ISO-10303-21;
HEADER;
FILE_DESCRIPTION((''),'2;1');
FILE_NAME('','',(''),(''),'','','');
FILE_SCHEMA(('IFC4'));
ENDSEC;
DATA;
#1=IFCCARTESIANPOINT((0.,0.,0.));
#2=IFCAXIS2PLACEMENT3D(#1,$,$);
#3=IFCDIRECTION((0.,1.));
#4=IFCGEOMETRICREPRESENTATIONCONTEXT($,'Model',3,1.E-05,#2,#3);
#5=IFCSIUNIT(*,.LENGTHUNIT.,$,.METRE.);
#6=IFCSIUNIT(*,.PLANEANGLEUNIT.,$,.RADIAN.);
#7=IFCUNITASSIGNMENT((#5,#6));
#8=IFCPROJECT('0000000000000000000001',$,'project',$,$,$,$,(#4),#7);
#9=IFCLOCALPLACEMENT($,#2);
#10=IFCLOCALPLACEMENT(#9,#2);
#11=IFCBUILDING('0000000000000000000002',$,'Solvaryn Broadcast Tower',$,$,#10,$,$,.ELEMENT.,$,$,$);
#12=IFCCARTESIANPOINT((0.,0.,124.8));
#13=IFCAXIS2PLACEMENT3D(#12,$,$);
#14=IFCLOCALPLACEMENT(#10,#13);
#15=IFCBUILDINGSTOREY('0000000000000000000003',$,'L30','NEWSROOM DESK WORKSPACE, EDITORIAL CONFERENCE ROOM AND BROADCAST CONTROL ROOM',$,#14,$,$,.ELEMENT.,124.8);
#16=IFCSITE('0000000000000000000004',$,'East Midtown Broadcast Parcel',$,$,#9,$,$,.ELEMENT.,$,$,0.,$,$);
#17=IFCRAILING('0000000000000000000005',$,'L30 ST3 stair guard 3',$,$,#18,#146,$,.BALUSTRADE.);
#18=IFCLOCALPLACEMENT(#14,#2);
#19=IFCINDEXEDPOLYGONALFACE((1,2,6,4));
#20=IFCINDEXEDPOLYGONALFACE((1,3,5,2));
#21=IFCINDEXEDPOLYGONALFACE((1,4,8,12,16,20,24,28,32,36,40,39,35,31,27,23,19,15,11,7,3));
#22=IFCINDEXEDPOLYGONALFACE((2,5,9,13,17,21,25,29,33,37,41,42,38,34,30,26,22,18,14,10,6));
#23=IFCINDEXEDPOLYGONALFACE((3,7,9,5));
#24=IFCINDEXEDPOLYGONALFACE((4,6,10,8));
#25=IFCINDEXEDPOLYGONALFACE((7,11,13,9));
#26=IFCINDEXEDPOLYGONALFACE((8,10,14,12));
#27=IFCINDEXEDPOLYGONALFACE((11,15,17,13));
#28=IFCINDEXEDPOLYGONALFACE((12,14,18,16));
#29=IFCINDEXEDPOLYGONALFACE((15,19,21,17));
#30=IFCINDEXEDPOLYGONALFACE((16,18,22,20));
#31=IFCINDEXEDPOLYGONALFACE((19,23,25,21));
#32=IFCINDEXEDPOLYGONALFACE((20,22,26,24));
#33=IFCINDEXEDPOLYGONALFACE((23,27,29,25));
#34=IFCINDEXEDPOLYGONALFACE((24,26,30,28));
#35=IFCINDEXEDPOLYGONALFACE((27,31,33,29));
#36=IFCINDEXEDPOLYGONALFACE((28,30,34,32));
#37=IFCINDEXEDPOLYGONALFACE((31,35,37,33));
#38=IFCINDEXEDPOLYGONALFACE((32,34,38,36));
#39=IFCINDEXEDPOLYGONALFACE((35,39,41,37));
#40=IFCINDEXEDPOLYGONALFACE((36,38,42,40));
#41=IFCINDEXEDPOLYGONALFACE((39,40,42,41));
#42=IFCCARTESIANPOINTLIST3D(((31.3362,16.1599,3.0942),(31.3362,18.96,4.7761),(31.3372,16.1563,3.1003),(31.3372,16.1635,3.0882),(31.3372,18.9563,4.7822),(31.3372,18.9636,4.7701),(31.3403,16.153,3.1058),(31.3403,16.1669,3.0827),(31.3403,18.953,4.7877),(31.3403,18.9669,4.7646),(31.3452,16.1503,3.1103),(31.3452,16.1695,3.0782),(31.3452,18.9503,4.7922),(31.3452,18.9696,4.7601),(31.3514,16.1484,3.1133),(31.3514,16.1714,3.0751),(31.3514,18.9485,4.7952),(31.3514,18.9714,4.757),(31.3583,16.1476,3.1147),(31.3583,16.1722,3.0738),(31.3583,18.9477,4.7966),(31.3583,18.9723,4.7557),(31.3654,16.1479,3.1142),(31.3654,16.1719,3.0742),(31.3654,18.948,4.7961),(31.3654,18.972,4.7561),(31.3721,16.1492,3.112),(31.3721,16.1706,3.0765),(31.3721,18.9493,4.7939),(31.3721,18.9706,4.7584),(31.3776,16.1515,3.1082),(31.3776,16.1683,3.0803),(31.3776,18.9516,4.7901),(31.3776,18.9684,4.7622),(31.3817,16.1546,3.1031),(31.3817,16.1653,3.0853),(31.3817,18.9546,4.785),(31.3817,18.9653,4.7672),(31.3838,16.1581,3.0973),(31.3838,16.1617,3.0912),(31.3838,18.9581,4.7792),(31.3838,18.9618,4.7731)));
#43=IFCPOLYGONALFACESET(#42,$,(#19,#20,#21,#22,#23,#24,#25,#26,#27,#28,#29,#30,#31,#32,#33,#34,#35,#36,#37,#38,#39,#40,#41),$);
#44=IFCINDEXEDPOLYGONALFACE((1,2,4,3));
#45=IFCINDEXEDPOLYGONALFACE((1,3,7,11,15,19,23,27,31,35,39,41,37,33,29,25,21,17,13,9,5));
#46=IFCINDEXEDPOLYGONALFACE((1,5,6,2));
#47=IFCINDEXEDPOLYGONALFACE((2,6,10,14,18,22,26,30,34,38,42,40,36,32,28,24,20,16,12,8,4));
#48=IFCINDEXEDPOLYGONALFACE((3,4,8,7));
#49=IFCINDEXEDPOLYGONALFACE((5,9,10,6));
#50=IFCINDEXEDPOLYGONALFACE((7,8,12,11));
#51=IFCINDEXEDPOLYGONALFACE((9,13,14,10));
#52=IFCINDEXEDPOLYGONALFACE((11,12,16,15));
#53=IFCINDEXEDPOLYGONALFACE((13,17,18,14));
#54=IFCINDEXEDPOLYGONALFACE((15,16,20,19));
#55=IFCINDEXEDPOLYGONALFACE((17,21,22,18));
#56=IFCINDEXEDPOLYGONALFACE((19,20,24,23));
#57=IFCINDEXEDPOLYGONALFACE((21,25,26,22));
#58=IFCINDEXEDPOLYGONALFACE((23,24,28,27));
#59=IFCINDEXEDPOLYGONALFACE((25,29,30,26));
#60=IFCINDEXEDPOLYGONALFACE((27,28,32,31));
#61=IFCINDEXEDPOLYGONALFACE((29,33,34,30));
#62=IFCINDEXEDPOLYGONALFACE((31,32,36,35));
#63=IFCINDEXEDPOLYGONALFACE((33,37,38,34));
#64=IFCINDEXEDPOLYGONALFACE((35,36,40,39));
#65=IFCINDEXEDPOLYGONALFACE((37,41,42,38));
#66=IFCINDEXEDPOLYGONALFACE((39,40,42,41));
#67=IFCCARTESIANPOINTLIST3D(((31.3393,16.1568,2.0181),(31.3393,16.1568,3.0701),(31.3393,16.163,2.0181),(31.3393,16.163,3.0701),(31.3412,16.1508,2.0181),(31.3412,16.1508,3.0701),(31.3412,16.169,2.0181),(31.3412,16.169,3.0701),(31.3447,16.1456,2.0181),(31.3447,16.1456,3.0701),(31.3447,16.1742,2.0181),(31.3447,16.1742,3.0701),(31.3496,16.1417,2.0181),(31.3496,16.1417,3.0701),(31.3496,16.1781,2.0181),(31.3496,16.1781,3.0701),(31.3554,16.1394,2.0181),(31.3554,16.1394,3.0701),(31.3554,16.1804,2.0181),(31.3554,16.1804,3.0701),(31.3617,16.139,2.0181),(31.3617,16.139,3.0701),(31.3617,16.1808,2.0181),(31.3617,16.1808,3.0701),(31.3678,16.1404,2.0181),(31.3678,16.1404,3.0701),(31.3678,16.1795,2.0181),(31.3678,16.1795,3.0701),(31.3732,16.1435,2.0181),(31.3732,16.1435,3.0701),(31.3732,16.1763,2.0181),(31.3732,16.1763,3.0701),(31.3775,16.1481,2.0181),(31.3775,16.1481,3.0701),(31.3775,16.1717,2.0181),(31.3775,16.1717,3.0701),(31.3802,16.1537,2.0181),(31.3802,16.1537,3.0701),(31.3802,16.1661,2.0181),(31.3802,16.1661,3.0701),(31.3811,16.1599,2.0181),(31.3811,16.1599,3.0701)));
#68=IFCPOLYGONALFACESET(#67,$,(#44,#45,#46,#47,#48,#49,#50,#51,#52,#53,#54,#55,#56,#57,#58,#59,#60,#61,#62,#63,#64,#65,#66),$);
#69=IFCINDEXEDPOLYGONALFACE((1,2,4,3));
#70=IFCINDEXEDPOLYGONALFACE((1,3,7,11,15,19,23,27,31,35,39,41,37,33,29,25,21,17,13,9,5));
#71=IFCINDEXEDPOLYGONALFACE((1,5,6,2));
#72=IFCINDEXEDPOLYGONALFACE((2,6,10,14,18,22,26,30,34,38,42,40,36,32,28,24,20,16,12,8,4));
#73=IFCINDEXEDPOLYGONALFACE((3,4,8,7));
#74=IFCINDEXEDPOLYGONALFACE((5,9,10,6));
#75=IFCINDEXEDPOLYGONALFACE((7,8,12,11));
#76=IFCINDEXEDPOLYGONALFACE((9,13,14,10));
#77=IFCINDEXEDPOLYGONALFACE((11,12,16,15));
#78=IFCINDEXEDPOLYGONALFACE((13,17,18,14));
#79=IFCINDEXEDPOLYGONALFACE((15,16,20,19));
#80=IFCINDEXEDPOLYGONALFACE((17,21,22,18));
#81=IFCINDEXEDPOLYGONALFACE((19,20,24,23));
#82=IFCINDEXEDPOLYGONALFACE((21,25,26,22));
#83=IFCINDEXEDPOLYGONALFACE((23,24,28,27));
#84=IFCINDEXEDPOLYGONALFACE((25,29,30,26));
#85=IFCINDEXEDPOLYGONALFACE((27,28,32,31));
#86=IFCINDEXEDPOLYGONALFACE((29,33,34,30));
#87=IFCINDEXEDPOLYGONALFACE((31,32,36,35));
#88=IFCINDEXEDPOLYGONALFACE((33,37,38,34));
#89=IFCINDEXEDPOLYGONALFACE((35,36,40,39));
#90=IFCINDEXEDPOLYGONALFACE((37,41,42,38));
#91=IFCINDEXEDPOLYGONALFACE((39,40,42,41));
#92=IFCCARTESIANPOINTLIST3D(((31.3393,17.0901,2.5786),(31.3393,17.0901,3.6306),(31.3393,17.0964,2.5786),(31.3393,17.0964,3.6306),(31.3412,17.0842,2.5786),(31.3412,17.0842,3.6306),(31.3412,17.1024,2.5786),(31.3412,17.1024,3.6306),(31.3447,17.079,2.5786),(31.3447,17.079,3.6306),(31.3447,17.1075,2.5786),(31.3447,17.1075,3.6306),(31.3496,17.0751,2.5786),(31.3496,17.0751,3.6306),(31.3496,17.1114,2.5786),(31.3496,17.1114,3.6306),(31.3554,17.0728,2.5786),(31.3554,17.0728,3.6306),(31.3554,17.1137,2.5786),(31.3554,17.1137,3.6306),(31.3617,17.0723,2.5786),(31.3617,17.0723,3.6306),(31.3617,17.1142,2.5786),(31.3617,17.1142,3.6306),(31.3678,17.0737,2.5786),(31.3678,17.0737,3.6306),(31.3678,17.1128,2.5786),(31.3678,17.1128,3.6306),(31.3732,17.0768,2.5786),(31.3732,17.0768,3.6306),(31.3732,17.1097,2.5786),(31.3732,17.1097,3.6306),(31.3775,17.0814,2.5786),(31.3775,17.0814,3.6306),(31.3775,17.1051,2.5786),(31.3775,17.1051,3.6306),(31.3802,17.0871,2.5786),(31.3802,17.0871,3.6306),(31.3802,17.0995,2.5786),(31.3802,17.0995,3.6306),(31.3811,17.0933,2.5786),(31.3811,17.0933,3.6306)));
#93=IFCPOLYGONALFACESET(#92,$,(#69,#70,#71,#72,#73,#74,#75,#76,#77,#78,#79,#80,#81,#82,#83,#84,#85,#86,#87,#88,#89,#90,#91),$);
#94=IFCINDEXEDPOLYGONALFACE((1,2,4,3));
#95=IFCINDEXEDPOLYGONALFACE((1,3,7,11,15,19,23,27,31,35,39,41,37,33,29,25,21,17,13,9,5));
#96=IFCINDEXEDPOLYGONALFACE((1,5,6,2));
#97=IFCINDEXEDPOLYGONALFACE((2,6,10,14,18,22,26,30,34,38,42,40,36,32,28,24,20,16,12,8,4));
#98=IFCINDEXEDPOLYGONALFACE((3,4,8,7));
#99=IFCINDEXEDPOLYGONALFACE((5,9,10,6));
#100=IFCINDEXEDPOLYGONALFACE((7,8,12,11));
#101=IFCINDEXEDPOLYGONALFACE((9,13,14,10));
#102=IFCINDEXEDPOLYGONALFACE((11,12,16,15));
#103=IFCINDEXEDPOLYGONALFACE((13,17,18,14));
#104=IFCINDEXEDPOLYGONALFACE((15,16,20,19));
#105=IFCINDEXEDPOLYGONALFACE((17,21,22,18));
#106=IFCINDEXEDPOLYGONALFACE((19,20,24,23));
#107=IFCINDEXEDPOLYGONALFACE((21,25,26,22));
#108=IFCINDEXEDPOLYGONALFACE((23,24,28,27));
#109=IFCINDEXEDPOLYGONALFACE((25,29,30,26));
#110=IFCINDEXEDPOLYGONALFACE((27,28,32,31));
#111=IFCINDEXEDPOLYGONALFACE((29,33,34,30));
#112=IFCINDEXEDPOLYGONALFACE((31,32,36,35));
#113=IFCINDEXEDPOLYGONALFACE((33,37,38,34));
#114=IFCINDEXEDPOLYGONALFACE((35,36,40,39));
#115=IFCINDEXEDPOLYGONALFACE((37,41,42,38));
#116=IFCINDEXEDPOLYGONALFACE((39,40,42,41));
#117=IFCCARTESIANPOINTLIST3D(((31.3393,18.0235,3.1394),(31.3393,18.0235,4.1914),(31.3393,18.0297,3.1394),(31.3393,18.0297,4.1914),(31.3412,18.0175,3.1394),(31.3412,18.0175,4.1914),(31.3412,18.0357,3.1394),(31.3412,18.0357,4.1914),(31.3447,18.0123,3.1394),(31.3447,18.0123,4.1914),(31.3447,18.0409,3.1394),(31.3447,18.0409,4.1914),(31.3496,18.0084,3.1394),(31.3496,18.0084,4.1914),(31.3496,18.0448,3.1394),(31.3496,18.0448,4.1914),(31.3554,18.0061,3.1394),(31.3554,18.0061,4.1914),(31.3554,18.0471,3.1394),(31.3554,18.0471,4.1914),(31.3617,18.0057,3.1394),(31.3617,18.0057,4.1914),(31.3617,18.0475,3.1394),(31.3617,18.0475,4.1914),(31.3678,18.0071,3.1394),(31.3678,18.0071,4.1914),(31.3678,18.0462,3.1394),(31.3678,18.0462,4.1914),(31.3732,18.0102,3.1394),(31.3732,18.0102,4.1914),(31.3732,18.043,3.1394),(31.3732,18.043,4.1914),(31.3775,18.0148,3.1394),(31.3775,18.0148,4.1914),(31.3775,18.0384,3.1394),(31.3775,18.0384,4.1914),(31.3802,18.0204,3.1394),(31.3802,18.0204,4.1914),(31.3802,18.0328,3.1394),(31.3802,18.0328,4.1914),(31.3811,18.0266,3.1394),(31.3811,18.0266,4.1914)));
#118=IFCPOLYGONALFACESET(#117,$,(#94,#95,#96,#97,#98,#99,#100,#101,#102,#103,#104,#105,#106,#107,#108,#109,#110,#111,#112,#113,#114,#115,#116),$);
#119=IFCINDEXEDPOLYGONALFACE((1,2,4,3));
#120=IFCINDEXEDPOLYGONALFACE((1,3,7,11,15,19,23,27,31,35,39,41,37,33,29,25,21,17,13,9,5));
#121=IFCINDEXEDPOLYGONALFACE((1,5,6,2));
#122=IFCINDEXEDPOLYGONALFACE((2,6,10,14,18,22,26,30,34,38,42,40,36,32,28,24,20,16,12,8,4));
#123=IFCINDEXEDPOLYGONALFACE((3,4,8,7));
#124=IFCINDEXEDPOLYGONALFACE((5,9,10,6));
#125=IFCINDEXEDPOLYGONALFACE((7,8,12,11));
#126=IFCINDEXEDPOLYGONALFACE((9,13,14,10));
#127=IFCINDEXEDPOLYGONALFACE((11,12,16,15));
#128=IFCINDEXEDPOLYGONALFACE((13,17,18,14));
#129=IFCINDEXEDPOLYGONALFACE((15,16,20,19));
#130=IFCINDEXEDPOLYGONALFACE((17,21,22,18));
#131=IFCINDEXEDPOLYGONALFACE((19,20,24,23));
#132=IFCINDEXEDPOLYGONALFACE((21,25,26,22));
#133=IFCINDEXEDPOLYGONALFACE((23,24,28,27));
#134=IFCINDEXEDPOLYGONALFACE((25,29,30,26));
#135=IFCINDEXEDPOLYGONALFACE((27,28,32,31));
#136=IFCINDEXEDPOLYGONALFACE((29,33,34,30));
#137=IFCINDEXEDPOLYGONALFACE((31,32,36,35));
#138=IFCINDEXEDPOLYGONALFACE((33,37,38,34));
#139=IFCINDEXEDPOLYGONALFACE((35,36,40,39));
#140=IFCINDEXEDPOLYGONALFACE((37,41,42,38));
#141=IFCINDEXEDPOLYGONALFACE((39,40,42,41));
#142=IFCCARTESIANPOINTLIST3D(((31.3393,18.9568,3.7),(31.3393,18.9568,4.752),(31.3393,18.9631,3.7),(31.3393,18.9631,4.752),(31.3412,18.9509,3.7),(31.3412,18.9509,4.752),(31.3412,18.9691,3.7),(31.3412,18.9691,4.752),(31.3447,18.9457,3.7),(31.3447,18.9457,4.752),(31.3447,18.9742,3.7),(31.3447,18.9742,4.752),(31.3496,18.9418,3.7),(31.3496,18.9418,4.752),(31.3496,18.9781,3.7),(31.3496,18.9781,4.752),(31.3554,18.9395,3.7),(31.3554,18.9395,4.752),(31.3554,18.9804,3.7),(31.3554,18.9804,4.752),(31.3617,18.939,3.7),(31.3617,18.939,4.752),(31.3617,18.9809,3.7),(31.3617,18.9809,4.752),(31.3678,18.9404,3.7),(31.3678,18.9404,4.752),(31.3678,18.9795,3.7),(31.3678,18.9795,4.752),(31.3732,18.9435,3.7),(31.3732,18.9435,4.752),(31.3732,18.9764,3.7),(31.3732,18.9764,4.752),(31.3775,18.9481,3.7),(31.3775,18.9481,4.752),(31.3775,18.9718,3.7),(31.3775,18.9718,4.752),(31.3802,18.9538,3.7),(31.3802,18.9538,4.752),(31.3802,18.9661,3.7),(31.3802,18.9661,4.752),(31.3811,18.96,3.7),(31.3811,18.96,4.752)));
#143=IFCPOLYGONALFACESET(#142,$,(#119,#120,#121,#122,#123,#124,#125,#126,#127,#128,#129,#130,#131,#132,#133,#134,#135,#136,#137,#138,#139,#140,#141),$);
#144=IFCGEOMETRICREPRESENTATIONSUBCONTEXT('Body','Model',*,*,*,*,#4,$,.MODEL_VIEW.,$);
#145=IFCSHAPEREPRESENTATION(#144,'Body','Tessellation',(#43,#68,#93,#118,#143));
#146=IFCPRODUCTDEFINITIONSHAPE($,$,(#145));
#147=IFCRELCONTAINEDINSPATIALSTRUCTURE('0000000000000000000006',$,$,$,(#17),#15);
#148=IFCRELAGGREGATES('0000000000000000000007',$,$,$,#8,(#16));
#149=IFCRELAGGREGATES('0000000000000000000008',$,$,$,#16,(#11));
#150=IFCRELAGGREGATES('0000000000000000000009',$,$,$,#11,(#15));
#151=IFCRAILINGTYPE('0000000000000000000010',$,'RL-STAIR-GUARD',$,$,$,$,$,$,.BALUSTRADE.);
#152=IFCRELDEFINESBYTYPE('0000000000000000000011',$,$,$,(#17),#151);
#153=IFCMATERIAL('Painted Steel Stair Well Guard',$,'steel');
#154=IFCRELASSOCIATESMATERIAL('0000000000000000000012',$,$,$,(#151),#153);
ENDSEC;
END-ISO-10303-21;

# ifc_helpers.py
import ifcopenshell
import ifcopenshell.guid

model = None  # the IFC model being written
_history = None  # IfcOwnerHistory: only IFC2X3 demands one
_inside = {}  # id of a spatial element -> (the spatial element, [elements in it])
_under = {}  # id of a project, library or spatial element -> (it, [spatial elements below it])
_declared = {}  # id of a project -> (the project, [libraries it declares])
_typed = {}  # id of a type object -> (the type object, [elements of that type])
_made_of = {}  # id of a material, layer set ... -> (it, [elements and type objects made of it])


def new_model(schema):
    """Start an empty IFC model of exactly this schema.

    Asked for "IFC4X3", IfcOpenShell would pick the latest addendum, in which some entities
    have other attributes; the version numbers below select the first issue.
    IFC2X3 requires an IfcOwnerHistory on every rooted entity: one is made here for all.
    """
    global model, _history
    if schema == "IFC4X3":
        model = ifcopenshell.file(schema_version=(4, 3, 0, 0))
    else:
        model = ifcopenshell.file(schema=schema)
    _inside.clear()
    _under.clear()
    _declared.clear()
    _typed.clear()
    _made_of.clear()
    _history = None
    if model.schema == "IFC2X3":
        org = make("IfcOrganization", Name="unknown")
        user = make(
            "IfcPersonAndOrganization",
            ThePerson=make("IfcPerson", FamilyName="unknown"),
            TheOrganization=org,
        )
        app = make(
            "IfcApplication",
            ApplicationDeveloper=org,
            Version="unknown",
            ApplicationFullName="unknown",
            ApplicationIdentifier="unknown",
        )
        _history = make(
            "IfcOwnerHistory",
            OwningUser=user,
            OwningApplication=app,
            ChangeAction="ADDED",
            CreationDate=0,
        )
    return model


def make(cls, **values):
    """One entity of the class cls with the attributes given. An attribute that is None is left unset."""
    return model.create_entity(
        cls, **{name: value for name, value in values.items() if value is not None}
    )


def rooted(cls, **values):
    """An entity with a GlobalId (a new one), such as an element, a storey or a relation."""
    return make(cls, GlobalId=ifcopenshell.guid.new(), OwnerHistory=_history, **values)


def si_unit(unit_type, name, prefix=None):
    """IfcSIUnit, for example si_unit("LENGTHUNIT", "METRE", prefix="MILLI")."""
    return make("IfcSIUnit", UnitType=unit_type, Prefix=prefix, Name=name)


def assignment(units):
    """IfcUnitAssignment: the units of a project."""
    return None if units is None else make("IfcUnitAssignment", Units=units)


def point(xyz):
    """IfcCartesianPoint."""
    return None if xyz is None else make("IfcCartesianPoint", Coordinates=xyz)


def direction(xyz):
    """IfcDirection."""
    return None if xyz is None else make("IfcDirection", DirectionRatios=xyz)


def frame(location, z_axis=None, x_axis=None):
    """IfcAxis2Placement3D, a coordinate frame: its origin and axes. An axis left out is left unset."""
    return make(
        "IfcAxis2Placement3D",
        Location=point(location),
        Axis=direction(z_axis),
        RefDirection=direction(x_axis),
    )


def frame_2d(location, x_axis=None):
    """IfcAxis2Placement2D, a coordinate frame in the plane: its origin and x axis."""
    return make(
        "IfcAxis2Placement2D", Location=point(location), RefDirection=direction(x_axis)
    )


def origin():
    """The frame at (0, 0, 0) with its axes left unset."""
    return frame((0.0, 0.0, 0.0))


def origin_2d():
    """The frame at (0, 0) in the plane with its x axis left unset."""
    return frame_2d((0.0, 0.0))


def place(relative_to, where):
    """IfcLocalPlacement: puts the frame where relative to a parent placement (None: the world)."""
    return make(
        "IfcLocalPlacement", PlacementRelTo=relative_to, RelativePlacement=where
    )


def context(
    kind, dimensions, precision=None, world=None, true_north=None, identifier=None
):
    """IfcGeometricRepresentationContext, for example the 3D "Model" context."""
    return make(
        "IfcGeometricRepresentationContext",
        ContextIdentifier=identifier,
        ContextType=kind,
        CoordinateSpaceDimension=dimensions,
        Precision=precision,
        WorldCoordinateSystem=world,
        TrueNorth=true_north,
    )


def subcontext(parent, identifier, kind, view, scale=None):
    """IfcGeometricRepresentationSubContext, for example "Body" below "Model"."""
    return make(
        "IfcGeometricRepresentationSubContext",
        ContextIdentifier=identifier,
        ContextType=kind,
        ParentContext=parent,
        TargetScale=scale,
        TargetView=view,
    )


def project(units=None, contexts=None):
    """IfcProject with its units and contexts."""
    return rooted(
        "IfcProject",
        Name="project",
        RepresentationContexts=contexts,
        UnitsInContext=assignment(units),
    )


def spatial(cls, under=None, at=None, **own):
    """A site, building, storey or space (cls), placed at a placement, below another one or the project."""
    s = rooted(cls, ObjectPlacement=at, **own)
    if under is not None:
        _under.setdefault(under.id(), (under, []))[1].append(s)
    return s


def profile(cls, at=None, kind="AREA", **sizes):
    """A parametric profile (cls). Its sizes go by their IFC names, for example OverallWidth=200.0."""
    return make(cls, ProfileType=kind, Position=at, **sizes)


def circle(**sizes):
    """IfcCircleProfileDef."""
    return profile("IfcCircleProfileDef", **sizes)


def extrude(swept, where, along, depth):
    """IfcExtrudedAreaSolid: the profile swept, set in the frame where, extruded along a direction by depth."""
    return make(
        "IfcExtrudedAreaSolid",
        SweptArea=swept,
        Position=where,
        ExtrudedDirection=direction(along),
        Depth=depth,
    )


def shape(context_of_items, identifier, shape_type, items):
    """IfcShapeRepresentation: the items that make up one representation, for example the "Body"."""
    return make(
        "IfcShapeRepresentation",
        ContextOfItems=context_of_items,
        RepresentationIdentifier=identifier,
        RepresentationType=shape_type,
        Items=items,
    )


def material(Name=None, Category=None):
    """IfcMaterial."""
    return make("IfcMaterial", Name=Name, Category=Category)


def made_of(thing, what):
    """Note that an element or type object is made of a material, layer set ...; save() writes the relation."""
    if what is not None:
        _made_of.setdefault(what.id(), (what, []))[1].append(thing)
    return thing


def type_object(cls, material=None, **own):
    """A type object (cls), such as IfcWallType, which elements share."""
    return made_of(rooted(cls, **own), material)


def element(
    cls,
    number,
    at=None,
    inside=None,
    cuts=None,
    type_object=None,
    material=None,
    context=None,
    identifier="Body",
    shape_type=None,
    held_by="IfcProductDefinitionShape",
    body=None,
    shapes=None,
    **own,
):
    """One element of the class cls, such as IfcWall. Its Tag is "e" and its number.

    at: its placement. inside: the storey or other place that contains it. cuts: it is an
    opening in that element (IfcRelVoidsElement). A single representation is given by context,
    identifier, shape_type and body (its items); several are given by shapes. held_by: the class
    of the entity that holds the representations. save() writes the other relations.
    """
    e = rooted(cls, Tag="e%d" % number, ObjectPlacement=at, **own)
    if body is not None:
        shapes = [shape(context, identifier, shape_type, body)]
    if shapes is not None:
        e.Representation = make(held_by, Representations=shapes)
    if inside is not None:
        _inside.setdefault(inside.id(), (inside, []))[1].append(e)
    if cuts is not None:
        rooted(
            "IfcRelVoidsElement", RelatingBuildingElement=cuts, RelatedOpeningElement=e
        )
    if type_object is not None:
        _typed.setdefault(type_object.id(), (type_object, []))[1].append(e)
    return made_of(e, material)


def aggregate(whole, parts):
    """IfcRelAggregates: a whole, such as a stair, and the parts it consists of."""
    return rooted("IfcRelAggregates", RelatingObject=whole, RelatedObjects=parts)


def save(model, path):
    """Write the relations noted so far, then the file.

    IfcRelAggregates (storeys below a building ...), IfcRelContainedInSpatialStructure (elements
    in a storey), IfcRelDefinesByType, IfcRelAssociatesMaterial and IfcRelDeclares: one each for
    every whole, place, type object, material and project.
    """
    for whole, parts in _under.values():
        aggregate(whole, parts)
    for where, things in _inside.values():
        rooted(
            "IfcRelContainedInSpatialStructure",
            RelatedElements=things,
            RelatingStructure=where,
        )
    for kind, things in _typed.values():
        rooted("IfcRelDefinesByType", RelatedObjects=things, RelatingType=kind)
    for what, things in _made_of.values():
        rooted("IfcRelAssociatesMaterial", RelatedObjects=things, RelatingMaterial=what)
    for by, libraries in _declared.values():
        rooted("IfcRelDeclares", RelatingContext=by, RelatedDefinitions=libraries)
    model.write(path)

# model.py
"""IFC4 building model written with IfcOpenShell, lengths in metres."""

from ifc_helpers import new_model, si_unit, direction, frame, origin, origin_2d, place, context, subcontext, project, spatial, circle, extrude, material, type_object, element, save


model = new_model("IFC4")

# Units and contexts
model_context = context("Model", 3, precision=1e-05, world=origin(), true_north=direction((0.0, 1.0)))
body_context = subcontext(model_context, "Body", "Model", "MODEL_VIEW")
ifc_project = project(units=[si_unit("LENGTHUNIT", "METRE"), si_unit("PLANEANGLEUNIT", "RADIAN")], contexts=[model_context])

# Site, building, storey
site_placement = place(None, origin())
site = spatial("IfcSite", under=ifc_project, at=site_placement, Name="East Midtown Broadcast Parcel", CompositionType="ELEMENT", RefElevation=0.0)
building_placement = place(site_placement, origin())
building = spatial("IfcBuilding", under=site, at=building_placement, Name="Solvaryn Broadcast Tower", CompositionType="ELEMENT")
storey_placement = place(building_placement, frame((0.0, 0.0, 124.8)))
storey = spatial("IfcBuildingStorey", under=building, at=storey_placement, Name="L30", Description="NEWSROOM DESK WORKSPACE, EDITORIAL CONFERENCE ROOM AND BROADCAST CONTROL ROOM", CompositionType="ELEMENT", Elevation=124.8)

# Railing
ifc_material_1 = material(Name="Painted Steel Stair Well Guard", Category="steel")
railing_type_1 = type_object("IfcRailingType", Name="RL-STAIR-GUARD", PredefinedType="BALUSTRADE", material=ifc_material_1)
railing_1_placement = place(storey_placement, frame((31.3601, 16.1599, 2.0181)))
element("IfcRailing", 1, at=railing_1_placement, inside=storey, type_object=railing_type_1, Name="L30 ST3 stair guard 3", PredefinedType="BALUSTRADE", context=body_context, shape_type="SweptSolid", body=[
    extrude(circle(Radius=0.0239, at=origin_2d()), frame((0.0, 0.0, 1.0762), z_axis=(0.0, 0.857242, 0.514913), x_axis=(-1.0, 0.0, 0.0)), (0.0, 0.0, 1.0), 3.2664),
    extrude(circle(Radius=0.021, at=origin_2d()), origin(), (0.0, 0.0, 1.0), 1.052),
    extrude(circle(Radius=0.021, at=origin_2d()), frame((0.0, 0.9333, 0.5605)), (0.0, 0.0, 1.0), 1.052),
    extrude(circle(Radius=0.021, at=origin_2d()), frame((0.0, 1.8667, 1.1213)), (0.0, 0.0, 1.0), 1.052),
    extrude(circle(Radius=0.021, at=origin_2d()), frame((0.0, 2.8, 1.6819)), (0.0, 0.0, 1.0), 1.052),
])

save(model, "model.ifc")
